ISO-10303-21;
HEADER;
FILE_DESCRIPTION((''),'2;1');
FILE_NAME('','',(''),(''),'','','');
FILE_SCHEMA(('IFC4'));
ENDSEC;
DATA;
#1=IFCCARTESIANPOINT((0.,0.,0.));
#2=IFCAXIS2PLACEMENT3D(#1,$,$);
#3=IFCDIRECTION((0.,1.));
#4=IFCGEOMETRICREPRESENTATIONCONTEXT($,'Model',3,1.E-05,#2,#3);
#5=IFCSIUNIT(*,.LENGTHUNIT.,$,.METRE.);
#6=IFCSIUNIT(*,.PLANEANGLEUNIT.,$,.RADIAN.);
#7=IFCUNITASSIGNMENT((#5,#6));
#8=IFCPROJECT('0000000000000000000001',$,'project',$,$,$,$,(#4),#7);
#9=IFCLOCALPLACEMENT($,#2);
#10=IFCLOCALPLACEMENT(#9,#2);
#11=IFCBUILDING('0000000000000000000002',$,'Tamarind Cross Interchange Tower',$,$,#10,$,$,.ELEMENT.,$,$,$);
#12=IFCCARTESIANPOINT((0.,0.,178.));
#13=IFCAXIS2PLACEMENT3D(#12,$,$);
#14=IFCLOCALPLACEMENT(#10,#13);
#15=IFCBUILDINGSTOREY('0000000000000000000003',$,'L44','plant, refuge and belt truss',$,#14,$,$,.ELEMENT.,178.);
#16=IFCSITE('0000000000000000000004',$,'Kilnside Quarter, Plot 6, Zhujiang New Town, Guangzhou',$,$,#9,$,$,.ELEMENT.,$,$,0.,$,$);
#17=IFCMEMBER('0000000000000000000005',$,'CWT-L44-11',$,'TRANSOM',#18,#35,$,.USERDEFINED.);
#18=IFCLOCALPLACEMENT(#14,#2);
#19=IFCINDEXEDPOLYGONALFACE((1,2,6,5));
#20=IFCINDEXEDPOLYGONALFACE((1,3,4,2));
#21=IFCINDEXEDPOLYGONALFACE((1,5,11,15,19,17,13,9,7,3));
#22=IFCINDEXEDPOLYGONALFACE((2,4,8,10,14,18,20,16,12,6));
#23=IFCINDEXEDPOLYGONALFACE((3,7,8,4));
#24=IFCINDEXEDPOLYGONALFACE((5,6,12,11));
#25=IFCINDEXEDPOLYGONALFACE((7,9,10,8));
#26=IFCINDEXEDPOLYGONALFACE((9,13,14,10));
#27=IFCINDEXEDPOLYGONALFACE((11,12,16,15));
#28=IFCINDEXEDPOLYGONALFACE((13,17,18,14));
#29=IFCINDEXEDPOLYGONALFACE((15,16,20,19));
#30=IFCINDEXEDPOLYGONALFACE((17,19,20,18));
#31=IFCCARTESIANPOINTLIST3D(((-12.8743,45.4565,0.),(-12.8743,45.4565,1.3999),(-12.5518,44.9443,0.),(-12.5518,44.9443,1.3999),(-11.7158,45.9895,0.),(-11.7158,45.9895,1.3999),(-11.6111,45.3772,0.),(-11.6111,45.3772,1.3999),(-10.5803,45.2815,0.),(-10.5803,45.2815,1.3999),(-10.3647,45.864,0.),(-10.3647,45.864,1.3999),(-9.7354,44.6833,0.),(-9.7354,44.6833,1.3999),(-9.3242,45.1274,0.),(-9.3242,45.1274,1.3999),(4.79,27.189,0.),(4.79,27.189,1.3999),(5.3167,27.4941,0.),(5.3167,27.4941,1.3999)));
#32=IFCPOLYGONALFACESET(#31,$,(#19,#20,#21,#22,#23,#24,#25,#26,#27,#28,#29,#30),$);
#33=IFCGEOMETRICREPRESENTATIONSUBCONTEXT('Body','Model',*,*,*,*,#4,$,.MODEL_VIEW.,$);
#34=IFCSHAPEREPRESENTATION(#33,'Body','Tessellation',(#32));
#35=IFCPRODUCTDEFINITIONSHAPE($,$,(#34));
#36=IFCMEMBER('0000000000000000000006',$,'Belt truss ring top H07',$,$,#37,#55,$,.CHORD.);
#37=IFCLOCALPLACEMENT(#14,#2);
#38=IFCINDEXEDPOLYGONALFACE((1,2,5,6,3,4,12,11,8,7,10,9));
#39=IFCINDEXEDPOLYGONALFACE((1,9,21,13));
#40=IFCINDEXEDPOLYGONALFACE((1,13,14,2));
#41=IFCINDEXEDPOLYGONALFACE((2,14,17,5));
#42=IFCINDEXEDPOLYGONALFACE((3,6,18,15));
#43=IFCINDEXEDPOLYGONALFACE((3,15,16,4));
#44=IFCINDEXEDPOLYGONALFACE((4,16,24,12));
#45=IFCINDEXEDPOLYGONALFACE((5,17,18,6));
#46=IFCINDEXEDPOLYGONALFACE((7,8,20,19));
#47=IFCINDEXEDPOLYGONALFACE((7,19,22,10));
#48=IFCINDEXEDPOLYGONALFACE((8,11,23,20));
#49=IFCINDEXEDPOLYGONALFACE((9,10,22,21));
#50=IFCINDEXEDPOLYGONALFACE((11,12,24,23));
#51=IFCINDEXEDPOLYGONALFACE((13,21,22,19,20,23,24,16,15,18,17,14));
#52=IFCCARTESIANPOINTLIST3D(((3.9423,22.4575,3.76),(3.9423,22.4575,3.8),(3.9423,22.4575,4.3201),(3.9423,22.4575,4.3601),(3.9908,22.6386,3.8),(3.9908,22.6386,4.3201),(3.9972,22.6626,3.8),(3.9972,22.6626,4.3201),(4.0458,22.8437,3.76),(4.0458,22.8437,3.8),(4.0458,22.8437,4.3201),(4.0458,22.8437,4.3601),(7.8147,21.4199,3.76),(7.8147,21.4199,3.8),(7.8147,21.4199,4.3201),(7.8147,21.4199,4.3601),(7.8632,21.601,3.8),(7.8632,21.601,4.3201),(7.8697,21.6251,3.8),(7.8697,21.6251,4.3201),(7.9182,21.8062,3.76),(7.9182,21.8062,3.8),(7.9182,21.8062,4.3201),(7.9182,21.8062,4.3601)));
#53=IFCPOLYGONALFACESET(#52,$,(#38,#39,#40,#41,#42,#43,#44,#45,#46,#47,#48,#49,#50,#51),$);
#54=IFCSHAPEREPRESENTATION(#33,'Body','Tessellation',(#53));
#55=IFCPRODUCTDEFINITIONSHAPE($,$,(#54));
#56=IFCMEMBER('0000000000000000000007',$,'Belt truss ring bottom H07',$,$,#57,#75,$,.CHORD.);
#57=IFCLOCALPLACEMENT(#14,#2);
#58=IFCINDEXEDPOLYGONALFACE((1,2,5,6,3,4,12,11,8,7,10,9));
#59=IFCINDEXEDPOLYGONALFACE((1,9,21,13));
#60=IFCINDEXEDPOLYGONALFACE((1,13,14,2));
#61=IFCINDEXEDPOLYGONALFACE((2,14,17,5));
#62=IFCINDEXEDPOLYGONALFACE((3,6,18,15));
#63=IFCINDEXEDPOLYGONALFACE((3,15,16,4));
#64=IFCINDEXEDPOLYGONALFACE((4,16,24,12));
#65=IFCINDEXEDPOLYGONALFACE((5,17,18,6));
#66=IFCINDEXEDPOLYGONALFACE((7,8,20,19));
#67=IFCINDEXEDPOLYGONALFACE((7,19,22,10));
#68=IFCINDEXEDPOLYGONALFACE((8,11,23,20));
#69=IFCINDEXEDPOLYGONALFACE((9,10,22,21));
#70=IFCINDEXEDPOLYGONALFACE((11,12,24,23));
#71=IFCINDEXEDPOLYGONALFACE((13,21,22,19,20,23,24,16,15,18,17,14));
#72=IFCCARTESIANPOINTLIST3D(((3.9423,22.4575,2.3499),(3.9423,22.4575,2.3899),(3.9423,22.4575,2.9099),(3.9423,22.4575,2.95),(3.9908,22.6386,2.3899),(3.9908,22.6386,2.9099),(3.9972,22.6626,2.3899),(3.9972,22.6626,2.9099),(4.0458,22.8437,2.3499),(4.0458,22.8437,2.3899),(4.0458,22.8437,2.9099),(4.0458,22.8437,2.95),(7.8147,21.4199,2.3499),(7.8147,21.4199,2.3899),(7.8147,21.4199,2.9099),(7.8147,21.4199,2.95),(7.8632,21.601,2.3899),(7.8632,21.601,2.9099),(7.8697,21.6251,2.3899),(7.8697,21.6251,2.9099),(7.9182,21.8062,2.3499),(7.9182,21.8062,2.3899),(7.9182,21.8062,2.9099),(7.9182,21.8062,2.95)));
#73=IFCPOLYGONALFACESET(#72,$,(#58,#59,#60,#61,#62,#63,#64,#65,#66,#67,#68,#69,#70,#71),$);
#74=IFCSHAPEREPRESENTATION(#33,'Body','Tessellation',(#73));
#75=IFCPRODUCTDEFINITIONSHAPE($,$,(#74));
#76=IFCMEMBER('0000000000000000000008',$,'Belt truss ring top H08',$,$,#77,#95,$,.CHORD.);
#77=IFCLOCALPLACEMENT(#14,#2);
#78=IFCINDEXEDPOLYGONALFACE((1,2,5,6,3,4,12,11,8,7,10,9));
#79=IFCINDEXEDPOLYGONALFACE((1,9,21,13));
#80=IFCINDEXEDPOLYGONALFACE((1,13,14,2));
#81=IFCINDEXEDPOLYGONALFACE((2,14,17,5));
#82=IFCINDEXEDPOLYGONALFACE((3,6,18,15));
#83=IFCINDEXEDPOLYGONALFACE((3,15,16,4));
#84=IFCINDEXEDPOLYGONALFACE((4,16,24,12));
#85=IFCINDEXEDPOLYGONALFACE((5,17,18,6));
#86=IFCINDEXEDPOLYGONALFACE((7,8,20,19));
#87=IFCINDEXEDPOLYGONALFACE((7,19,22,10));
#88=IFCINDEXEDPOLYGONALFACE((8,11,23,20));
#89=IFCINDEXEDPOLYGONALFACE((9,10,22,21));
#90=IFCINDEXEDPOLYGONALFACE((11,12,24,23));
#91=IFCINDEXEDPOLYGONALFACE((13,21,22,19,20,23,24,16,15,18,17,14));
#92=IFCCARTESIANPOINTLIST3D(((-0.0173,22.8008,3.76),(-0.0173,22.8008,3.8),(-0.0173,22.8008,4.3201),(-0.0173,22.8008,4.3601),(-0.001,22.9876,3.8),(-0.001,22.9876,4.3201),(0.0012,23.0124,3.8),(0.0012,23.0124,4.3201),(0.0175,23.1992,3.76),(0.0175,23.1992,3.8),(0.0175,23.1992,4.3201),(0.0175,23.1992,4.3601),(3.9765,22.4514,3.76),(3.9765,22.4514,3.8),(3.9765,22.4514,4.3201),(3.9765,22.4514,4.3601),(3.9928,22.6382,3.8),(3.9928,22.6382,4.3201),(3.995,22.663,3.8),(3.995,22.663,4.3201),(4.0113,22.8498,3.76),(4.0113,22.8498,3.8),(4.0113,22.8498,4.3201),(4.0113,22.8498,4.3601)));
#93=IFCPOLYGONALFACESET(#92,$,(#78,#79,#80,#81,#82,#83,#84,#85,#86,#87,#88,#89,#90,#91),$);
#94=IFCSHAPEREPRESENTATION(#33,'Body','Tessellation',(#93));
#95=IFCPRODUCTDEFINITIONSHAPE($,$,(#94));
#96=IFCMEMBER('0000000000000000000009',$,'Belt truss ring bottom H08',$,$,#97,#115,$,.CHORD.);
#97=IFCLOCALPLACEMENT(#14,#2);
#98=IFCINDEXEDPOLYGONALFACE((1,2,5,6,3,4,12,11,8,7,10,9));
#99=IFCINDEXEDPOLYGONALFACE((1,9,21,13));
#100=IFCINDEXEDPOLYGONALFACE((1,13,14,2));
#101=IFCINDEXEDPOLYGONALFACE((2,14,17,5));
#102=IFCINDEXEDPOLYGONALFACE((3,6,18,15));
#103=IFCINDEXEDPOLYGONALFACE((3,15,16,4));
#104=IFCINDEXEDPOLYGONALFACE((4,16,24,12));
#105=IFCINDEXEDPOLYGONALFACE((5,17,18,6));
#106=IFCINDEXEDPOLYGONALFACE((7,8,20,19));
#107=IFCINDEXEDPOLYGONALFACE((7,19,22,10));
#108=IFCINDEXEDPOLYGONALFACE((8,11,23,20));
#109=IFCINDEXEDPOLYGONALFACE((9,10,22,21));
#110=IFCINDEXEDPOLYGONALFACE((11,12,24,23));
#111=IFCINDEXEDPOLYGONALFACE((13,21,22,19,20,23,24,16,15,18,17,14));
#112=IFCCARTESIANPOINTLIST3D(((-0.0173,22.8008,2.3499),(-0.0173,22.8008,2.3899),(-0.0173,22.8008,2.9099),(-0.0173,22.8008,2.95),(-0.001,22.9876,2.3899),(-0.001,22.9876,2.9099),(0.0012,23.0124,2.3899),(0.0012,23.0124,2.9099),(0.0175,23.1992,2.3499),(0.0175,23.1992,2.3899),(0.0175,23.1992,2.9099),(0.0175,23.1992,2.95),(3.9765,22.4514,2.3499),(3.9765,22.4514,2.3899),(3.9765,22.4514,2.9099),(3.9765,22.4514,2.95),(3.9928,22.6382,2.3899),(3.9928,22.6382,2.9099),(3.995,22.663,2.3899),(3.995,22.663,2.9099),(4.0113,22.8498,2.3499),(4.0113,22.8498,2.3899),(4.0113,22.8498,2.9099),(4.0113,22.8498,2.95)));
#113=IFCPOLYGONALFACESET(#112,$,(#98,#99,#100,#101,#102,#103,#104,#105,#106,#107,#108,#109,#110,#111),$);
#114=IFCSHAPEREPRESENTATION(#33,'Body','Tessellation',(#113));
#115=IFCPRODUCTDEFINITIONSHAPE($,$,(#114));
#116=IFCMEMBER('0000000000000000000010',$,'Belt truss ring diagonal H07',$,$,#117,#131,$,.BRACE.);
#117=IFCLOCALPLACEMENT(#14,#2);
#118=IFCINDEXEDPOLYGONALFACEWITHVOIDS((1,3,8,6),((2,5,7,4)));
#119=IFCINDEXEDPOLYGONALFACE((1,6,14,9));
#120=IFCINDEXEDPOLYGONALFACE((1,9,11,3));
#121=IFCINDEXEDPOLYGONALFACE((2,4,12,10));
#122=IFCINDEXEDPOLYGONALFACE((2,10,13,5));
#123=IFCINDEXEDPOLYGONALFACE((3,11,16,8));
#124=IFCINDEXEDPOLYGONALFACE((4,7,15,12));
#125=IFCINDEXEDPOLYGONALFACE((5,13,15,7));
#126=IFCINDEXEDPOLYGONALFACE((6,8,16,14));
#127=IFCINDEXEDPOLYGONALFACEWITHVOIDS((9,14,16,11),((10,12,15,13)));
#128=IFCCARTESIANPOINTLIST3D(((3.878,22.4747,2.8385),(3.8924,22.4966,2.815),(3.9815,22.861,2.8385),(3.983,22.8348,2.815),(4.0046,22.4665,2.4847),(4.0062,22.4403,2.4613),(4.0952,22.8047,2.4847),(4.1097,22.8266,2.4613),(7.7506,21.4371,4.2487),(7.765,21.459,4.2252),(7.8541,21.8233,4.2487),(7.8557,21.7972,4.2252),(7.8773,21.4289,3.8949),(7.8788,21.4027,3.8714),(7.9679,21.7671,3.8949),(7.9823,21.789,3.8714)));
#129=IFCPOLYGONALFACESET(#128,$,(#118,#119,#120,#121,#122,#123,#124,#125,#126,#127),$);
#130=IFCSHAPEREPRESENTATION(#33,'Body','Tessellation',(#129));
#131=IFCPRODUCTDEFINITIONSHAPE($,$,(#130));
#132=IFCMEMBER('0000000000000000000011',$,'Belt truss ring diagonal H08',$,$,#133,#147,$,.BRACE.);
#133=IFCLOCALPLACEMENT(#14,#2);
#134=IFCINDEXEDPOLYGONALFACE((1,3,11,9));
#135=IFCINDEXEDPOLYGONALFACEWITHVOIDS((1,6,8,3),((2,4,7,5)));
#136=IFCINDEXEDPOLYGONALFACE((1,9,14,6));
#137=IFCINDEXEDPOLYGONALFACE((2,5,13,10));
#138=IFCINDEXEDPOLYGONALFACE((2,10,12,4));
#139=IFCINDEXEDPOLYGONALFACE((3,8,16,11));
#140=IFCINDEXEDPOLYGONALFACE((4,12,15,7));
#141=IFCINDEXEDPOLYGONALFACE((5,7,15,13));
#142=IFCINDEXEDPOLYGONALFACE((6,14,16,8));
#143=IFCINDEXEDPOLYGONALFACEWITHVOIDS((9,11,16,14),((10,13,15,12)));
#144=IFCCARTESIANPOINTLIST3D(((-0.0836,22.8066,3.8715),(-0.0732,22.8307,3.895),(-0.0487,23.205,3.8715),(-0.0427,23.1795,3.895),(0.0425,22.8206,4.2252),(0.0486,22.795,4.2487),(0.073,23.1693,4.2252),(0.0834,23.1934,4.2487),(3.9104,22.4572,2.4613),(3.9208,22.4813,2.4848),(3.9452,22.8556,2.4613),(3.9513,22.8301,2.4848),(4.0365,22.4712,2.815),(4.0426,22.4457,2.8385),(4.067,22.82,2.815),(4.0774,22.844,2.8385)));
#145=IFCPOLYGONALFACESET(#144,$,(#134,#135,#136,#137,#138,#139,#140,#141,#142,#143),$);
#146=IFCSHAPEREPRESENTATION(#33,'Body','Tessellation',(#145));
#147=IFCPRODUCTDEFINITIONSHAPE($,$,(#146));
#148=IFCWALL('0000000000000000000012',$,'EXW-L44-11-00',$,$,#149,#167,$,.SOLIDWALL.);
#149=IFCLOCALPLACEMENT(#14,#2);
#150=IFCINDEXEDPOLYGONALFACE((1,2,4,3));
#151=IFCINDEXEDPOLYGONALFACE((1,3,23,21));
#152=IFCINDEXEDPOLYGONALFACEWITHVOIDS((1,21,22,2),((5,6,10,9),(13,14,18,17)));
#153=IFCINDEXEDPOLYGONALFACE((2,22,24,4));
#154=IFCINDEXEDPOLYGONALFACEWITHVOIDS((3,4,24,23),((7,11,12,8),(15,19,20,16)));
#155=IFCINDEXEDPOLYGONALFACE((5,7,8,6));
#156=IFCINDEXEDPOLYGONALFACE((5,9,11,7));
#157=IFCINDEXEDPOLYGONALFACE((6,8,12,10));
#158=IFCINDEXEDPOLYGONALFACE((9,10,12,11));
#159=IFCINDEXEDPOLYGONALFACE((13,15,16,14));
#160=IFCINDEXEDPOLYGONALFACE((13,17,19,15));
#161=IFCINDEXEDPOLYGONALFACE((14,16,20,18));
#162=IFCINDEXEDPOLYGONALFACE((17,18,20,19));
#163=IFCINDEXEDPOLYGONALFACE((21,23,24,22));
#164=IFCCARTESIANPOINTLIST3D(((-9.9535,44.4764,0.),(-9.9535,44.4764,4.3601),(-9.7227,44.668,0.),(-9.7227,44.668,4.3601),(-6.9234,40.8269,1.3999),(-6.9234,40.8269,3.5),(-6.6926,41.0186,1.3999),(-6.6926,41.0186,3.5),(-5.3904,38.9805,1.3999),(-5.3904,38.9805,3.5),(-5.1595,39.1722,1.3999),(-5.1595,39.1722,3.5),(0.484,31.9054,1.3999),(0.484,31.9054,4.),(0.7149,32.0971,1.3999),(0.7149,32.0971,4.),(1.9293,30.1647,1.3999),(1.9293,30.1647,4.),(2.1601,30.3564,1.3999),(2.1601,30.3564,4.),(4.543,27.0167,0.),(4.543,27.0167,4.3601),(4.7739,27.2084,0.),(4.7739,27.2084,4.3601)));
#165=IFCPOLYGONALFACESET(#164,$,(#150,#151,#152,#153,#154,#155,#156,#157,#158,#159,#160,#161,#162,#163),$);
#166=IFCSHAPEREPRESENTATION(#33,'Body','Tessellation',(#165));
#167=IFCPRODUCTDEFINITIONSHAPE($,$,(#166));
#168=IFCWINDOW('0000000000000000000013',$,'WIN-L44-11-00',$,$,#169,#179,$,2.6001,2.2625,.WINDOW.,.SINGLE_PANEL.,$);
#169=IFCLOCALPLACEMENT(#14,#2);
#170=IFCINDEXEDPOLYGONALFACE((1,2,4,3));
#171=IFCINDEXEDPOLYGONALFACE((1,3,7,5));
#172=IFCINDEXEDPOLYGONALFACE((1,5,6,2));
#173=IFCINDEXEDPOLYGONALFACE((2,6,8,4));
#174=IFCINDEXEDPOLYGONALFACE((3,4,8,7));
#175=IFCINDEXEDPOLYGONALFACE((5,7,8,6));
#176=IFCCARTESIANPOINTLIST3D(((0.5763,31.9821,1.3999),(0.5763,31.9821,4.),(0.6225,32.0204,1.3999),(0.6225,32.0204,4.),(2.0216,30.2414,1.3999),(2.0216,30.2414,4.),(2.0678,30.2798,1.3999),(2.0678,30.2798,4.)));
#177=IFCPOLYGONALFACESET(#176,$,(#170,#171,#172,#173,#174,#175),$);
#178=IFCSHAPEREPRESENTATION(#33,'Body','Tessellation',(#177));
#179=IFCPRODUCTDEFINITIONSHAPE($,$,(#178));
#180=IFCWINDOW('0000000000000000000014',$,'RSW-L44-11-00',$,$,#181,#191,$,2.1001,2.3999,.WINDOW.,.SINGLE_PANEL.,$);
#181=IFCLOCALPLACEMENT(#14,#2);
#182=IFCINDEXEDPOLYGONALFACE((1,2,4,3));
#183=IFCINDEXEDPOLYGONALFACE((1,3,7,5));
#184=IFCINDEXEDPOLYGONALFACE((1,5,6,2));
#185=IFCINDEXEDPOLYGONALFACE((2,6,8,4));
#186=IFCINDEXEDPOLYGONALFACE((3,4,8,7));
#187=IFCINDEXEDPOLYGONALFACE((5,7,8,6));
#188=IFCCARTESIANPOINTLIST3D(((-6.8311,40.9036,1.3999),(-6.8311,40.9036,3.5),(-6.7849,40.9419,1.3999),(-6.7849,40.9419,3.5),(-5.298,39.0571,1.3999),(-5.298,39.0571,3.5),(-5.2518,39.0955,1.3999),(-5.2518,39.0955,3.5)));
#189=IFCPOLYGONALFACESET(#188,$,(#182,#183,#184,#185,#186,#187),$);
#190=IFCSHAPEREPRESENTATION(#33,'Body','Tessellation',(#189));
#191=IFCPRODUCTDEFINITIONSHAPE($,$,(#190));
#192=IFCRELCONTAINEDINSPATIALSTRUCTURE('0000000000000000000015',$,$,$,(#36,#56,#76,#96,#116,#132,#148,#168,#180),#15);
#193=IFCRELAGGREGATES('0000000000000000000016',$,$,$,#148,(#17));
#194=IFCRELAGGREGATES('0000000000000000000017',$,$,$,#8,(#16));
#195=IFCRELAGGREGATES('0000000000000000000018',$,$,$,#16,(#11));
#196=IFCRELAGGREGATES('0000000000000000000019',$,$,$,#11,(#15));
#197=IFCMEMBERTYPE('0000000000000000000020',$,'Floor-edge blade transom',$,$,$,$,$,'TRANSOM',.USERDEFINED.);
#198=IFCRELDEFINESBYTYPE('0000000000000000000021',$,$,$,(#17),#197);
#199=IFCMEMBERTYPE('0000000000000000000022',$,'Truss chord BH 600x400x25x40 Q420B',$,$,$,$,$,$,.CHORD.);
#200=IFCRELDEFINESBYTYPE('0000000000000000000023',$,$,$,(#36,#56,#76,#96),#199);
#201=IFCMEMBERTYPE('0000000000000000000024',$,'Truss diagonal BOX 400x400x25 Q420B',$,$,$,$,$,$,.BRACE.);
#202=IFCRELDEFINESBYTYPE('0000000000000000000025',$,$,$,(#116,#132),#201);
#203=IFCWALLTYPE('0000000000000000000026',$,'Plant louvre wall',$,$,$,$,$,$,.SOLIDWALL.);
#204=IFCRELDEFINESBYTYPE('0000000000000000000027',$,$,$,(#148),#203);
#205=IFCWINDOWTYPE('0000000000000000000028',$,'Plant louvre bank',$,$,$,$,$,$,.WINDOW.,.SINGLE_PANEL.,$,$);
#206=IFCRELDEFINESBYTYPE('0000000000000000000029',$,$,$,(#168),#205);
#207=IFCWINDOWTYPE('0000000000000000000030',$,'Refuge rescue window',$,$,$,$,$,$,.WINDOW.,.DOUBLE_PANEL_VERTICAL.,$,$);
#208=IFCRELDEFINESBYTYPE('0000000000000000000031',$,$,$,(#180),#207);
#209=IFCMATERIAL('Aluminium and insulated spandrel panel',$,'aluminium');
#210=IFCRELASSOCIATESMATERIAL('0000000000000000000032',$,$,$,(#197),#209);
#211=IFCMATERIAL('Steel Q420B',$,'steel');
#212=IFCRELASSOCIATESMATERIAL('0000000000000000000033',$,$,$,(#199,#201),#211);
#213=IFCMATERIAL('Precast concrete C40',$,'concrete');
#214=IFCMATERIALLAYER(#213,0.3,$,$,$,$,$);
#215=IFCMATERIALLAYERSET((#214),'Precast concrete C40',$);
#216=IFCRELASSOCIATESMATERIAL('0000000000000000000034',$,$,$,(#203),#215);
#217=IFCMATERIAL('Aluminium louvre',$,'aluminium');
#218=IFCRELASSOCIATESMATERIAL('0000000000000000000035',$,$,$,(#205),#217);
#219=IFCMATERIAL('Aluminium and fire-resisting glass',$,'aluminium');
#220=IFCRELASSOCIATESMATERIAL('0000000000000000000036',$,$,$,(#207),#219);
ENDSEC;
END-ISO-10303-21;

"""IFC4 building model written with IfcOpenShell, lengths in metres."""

from ifc_helpers import new_model, si_unit, direction, frame, frame_2d, origin, origin_2d, place, context, subcontext, project, spatial, polyline, rectangle, hollow_rectangle, i_section, outline, extrude, material, layer, layer_set, material_profile, profile_set, type_object, element, fill, aggregate, save


model = new_model("IFC4")

# Units and contexts
model_context = context("Model", 3, precision=1e-05, world=origin(), true_north=direction((0.0, 1.0)))
body_context = subcontext(model_context, "Body", "Model", "MODEL_VIEW")
ifc_project = project(units=[si_unit("LENGTHUNIT", "METRE"), si_unit("PLANEANGLEUNIT", "RADIAN")], contexts=[model_context])

# Site, building, storey
site_placement = place(None, origin())
site = spatial("IfcSite", under=ifc_project, at=site_placement, Name="Kilnside Quarter, Plot 6, Zhujiang New Town, Guangzhou", CompositionType="ELEMENT", RefElevation=0.0)
building_placement = place(site_placement, origin())
building = spatial("IfcBuilding", under=site, at=building_placement, Name="Tamarind Cross Interchange Tower", CompositionType="ELEMENT")
storey_placement = place(building_placement, frame((0.0, 0.0, 178.0)))
storey = spatial("IfcBuildingStorey", under=building, at=storey_placement, Name="L44", Description="plant, refuge and belt truss", CompositionType="ELEMENT", Elevation=178.0)

# Member
ifc_material_1 = material(Name="Aluminium and insulated spandrel panel", Category="aluminium")
member_type_1 = type_object("IfcMemberType", Name="Floor-edge blade transom", ElementType="TRANSOM", PredefinedType="USERDEFINED", material=ifc_material_1)
member_placement = place(storey_placement, origin())
member = element("IfcMember", 1, at=member_placement, type_object=member_type_1, Name="CWT-L44-11", ObjectType="TRANSOM", PredefinedType="USERDEFINED", context=body_context, shape_type="SweptSolid", body=[
    extrude(outline(polyline([(4.79, 27.189), (-9.7354, 44.6833), (-10.5803, 45.2815), (-11.6111, 45.3772), (-12.5518, 44.9443), (-12.8743, 45.4565), (-11.7158, 45.9895), (-10.3647, 45.864), (-9.3242, 45.1274), (5.3167, 27.4941), (4.79, 27.189)])), origin(), (0.0, 0.0, 1.0), 1.3999),
])

# Members
ifc_material_2 = material(Name="Steel Q420B", Category="steel")
ifc_material_profile_1 = material_profile(ifc_material_2, i_section(OverallWidth=0.3999, OverallDepth=0.6001, WebThickness=0.0249, FlangeThickness=0.04, at=origin_2d()), Name="BH 600x400x25x40")
ifc_profile_set_1 = profile_set([ifc_material_profile_1], Name="Steel Q420B")
member_type_2 = type_object("IfcMemberType", Name="Truss chord BH 600x400x25x40 Q420B", PredefinedType="CHORD", material=ifc_profile_set_1)
for number, where, z_axis, x_axis, name in (
    (2, (7.8665, 21.613, 4.0601), (-0.965929, 0.258807, 0.0), (-0.258807, -0.965929, 0.0), "Belt truss ring top H07"),
    (3, (7.8665, 21.613, 2.6499), (-0.965929, 0.258807, 0.0), (-0.258807, -0.965929, 0.0), "Belt truss ring bottom H07"),
    (4, (3.9939, 22.6506, 4.0601), (-0.996196, 0.087142, 0.0), (-0.087142, -0.996196, 0.0), "Belt truss ring top H08"),
    (5, (3.9939, 22.6506, 2.6499), (-0.996196, 0.087142, 0.0), (-0.087142, -0.996196, 0.0), "Belt truss ring bottom H08"),
):
    element("IfcMember", number, at=place(storey_placement, frame(where, z_axis=z_axis, x_axis=x_axis)), inside=storey, type_object=member_type_2, Name=name, PredefinedType="CHORD", context=body_context, shape_type="SweptSolid", body=[
        extrude(i_section(OverallWidth=0.3999, OverallDepth=0.6001, WebThickness=0.0249, FlangeThickness=0.04, at=origin_2d()), origin(), (0.0, 0.0, 1.0), 4.009),
    ])
ifc_material_profile_2 = material_profile(ifc_material_2, hollow_rectangle(XDim=0.3999, YDim=0.3999, WallThickness=0.0249, at=origin_2d()), Name="BOX 400x400x25")
ifc_profile_set_2 = profile_set([ifc_material_profile_2], Name="Steel Q420B")
member_type_3 = type_object("IfcMemberType", Name="Truss diagonal BOX 400x400x25 Q420B", PredefinedType="BRACE", material=ifc_profile_set_2)
for number, where, z_axis, x_axis, name in (
    (6, (7.8665, 21.613, 4.0601), (-0.911206, 0.244145, -0.331807), (-0.258807, -0.965929, 0.0), "Belt truss ring diagonal H07"),
    (7, (3.9939, 22.6506, 2.6499), (-0.939758, 0.082205, 0.331808), (-0.087142, -0.996196, 0.0), "Belt truss ring diagonal H08"),
):
    element("IfcMember", number, at=place(storey_placement, frame(where, z_axis=z_axis, x_axis=x_axis)), inside=storey, type_object=member_type_3, Name=name, PredefinedType="BRACE", context=body_context, shape_type="SweptSolid", body=[
        extrude(hollow_rectangle(XDim=0.3999, YDim=0.3999, WallThickness=0.0249, at=origin_2d()), origin(), (0.0, 0.0, 1.0), 4.25),
    ])

# Shared definitions
ifc_material_3 = material(Name="Precast concrete C40", Category="concrete")
ifc_layer_1 = layer(ifc_material_3, 0.3)
ifc_layer_set_1 = layer_set([ifc_layer_1], Name="Precast concrete C40")
wall_type_1 = type_object("IfcWallType", Name="Plant louvre wall", PredefinedType="SOLIDWALL", material=ifc_layer_set_1)

# Shared definitions
ifc_material_4 = material(Name="Aluminium and fire-resisting glass", Category="aluminium")

# Wall, openings, windows
wall_1_placement = place(storey_placement, frame((4.6584, 27.1125, 0.0), z_axis=(0.0, 0.0, 1.0), x_axis=(-0.6388, 0.769373, 0.0)))
wall_1 = element("IfcWall", 8, at=wall_1_placement, inside=storey, type_object=wall_type_1, Name="EXW-L44-11-00", PredefinedType="SOLIDWALL", context=body_context, shape_type="SweptSolid", body=[
    extrude(rectangle(XDim=22.6934, YDim=0.3, at=frame_2d((11.3467, 0.0))), origin(), (0.0, 0.0, 1.0), 4.3601),
])
opening_1_placement = place(wall_1_placement, frame((4.0916, 0.0, 1.3999)))
opening_1 = element("IfcOpeningElement", 9, at=opening_1_placement, cuts=wall_1, PredefinedType="OPENING", context=body_context, shape_type="SweptSolid", body=[
    extrude(rectangle(XDim=2.2625, YDim=2.6001, at=frame_2d((1.1313, 1.3))), frame((0.0, 0.1599, 0.0), z_axis=(0.0, -1.0, 0.0), x_axis=(1.0, 0.0, 0.0)), (0.0, 0.0, 1.0), 0.3201),
])
opening_2_placement = place(wall_1_placement, frame((15.55, 0.0, 1.3999)))
opening_2 = element("IfcOpeningElement", 10, at=opening_2_placement, cuts=wall_1, PredefinedType="OPENING", context=body_context, shape_type="SweptSolid", body=[
    extrude(rectangle(XDim=2.3999, YDim=2.1001, at=frame_2d((1.2, 1.05))), frame((0.0, 0.1599, 0.0), z_axis=(0.0, -1.0, 0.0), x_axis=(1.0, 0.0, 0.0)), (0.0, 0.0, 1.0), 0.3201),
])
ifc_material_5 = material(Name="Aluminium louvre", Category="aluminium")
window_type_1 = type_object("IfcWindowType", Name="Plant louvre bank", PartitioningType="SINGLE_PANEL", PredefinedType="WINDOW", material=ifc_material_5)
window_1_placement = place(opening_1_placement, origin())
window_1 = element("IfcWindow", 11, at=window_1_placement, inside=storey, type_object=window_type_1, Name="WIN-L44-11-00", OverallHeight=2.6001, OverallWidth=2.2625, PartitioningType="SINGLE_PANEL", PredefinedType="WINDOW", context=body_context, shape_type="SweptSolid", body=[
    extrude(rectangle(XDim=2.2625, YDim=2.6001, at=frame_2d((1.1313, 1.3))), frame((0.0, 0.03, 0.0), z_axis=(0.0, -1.0, 0.0), x_axis=(1.0, 0.0, 0.0)), (0.0, 0.0, 1.0), 0.0601),
])
fill(opening_1, window_1)
window_type_2 = type_object("IfcWindowType", Name="Refuge rescue window", PartitioningType="DOUBLE_PANEL_VERTICAL", PredefinedType="WINDOW", material=ifc_material_4)
window_2_placement = place(opening_2_placement, origin())
window_2 = element("IfcWindow", 12, at=window_2_placement, inside=storey, type_object=window_type_2, Name="RSW-L44-11-00", OverallHeight=2.1001, OverallWidth=2.3999, PartitioningType="SINGLE_PANEL", PredefinedType="WINDOW", context=body_context, shape_type="SweptSolid", body=[
    extrude(rectangle(XDim=2.3999, YDim=2.1001, at=frame_2d((1.2, 1.05))), frame((0.0, 0.03, 0.0), z_axis=(0.0, -1.0, 0.0), x_axis=(1.0, 0.0, 0.0)), (0.0, 0.0, 1.0), 0.0601),
])
fill(opening_2, window_2)
aggregate(wall_1, [member])

save(model, "model.ifc")
